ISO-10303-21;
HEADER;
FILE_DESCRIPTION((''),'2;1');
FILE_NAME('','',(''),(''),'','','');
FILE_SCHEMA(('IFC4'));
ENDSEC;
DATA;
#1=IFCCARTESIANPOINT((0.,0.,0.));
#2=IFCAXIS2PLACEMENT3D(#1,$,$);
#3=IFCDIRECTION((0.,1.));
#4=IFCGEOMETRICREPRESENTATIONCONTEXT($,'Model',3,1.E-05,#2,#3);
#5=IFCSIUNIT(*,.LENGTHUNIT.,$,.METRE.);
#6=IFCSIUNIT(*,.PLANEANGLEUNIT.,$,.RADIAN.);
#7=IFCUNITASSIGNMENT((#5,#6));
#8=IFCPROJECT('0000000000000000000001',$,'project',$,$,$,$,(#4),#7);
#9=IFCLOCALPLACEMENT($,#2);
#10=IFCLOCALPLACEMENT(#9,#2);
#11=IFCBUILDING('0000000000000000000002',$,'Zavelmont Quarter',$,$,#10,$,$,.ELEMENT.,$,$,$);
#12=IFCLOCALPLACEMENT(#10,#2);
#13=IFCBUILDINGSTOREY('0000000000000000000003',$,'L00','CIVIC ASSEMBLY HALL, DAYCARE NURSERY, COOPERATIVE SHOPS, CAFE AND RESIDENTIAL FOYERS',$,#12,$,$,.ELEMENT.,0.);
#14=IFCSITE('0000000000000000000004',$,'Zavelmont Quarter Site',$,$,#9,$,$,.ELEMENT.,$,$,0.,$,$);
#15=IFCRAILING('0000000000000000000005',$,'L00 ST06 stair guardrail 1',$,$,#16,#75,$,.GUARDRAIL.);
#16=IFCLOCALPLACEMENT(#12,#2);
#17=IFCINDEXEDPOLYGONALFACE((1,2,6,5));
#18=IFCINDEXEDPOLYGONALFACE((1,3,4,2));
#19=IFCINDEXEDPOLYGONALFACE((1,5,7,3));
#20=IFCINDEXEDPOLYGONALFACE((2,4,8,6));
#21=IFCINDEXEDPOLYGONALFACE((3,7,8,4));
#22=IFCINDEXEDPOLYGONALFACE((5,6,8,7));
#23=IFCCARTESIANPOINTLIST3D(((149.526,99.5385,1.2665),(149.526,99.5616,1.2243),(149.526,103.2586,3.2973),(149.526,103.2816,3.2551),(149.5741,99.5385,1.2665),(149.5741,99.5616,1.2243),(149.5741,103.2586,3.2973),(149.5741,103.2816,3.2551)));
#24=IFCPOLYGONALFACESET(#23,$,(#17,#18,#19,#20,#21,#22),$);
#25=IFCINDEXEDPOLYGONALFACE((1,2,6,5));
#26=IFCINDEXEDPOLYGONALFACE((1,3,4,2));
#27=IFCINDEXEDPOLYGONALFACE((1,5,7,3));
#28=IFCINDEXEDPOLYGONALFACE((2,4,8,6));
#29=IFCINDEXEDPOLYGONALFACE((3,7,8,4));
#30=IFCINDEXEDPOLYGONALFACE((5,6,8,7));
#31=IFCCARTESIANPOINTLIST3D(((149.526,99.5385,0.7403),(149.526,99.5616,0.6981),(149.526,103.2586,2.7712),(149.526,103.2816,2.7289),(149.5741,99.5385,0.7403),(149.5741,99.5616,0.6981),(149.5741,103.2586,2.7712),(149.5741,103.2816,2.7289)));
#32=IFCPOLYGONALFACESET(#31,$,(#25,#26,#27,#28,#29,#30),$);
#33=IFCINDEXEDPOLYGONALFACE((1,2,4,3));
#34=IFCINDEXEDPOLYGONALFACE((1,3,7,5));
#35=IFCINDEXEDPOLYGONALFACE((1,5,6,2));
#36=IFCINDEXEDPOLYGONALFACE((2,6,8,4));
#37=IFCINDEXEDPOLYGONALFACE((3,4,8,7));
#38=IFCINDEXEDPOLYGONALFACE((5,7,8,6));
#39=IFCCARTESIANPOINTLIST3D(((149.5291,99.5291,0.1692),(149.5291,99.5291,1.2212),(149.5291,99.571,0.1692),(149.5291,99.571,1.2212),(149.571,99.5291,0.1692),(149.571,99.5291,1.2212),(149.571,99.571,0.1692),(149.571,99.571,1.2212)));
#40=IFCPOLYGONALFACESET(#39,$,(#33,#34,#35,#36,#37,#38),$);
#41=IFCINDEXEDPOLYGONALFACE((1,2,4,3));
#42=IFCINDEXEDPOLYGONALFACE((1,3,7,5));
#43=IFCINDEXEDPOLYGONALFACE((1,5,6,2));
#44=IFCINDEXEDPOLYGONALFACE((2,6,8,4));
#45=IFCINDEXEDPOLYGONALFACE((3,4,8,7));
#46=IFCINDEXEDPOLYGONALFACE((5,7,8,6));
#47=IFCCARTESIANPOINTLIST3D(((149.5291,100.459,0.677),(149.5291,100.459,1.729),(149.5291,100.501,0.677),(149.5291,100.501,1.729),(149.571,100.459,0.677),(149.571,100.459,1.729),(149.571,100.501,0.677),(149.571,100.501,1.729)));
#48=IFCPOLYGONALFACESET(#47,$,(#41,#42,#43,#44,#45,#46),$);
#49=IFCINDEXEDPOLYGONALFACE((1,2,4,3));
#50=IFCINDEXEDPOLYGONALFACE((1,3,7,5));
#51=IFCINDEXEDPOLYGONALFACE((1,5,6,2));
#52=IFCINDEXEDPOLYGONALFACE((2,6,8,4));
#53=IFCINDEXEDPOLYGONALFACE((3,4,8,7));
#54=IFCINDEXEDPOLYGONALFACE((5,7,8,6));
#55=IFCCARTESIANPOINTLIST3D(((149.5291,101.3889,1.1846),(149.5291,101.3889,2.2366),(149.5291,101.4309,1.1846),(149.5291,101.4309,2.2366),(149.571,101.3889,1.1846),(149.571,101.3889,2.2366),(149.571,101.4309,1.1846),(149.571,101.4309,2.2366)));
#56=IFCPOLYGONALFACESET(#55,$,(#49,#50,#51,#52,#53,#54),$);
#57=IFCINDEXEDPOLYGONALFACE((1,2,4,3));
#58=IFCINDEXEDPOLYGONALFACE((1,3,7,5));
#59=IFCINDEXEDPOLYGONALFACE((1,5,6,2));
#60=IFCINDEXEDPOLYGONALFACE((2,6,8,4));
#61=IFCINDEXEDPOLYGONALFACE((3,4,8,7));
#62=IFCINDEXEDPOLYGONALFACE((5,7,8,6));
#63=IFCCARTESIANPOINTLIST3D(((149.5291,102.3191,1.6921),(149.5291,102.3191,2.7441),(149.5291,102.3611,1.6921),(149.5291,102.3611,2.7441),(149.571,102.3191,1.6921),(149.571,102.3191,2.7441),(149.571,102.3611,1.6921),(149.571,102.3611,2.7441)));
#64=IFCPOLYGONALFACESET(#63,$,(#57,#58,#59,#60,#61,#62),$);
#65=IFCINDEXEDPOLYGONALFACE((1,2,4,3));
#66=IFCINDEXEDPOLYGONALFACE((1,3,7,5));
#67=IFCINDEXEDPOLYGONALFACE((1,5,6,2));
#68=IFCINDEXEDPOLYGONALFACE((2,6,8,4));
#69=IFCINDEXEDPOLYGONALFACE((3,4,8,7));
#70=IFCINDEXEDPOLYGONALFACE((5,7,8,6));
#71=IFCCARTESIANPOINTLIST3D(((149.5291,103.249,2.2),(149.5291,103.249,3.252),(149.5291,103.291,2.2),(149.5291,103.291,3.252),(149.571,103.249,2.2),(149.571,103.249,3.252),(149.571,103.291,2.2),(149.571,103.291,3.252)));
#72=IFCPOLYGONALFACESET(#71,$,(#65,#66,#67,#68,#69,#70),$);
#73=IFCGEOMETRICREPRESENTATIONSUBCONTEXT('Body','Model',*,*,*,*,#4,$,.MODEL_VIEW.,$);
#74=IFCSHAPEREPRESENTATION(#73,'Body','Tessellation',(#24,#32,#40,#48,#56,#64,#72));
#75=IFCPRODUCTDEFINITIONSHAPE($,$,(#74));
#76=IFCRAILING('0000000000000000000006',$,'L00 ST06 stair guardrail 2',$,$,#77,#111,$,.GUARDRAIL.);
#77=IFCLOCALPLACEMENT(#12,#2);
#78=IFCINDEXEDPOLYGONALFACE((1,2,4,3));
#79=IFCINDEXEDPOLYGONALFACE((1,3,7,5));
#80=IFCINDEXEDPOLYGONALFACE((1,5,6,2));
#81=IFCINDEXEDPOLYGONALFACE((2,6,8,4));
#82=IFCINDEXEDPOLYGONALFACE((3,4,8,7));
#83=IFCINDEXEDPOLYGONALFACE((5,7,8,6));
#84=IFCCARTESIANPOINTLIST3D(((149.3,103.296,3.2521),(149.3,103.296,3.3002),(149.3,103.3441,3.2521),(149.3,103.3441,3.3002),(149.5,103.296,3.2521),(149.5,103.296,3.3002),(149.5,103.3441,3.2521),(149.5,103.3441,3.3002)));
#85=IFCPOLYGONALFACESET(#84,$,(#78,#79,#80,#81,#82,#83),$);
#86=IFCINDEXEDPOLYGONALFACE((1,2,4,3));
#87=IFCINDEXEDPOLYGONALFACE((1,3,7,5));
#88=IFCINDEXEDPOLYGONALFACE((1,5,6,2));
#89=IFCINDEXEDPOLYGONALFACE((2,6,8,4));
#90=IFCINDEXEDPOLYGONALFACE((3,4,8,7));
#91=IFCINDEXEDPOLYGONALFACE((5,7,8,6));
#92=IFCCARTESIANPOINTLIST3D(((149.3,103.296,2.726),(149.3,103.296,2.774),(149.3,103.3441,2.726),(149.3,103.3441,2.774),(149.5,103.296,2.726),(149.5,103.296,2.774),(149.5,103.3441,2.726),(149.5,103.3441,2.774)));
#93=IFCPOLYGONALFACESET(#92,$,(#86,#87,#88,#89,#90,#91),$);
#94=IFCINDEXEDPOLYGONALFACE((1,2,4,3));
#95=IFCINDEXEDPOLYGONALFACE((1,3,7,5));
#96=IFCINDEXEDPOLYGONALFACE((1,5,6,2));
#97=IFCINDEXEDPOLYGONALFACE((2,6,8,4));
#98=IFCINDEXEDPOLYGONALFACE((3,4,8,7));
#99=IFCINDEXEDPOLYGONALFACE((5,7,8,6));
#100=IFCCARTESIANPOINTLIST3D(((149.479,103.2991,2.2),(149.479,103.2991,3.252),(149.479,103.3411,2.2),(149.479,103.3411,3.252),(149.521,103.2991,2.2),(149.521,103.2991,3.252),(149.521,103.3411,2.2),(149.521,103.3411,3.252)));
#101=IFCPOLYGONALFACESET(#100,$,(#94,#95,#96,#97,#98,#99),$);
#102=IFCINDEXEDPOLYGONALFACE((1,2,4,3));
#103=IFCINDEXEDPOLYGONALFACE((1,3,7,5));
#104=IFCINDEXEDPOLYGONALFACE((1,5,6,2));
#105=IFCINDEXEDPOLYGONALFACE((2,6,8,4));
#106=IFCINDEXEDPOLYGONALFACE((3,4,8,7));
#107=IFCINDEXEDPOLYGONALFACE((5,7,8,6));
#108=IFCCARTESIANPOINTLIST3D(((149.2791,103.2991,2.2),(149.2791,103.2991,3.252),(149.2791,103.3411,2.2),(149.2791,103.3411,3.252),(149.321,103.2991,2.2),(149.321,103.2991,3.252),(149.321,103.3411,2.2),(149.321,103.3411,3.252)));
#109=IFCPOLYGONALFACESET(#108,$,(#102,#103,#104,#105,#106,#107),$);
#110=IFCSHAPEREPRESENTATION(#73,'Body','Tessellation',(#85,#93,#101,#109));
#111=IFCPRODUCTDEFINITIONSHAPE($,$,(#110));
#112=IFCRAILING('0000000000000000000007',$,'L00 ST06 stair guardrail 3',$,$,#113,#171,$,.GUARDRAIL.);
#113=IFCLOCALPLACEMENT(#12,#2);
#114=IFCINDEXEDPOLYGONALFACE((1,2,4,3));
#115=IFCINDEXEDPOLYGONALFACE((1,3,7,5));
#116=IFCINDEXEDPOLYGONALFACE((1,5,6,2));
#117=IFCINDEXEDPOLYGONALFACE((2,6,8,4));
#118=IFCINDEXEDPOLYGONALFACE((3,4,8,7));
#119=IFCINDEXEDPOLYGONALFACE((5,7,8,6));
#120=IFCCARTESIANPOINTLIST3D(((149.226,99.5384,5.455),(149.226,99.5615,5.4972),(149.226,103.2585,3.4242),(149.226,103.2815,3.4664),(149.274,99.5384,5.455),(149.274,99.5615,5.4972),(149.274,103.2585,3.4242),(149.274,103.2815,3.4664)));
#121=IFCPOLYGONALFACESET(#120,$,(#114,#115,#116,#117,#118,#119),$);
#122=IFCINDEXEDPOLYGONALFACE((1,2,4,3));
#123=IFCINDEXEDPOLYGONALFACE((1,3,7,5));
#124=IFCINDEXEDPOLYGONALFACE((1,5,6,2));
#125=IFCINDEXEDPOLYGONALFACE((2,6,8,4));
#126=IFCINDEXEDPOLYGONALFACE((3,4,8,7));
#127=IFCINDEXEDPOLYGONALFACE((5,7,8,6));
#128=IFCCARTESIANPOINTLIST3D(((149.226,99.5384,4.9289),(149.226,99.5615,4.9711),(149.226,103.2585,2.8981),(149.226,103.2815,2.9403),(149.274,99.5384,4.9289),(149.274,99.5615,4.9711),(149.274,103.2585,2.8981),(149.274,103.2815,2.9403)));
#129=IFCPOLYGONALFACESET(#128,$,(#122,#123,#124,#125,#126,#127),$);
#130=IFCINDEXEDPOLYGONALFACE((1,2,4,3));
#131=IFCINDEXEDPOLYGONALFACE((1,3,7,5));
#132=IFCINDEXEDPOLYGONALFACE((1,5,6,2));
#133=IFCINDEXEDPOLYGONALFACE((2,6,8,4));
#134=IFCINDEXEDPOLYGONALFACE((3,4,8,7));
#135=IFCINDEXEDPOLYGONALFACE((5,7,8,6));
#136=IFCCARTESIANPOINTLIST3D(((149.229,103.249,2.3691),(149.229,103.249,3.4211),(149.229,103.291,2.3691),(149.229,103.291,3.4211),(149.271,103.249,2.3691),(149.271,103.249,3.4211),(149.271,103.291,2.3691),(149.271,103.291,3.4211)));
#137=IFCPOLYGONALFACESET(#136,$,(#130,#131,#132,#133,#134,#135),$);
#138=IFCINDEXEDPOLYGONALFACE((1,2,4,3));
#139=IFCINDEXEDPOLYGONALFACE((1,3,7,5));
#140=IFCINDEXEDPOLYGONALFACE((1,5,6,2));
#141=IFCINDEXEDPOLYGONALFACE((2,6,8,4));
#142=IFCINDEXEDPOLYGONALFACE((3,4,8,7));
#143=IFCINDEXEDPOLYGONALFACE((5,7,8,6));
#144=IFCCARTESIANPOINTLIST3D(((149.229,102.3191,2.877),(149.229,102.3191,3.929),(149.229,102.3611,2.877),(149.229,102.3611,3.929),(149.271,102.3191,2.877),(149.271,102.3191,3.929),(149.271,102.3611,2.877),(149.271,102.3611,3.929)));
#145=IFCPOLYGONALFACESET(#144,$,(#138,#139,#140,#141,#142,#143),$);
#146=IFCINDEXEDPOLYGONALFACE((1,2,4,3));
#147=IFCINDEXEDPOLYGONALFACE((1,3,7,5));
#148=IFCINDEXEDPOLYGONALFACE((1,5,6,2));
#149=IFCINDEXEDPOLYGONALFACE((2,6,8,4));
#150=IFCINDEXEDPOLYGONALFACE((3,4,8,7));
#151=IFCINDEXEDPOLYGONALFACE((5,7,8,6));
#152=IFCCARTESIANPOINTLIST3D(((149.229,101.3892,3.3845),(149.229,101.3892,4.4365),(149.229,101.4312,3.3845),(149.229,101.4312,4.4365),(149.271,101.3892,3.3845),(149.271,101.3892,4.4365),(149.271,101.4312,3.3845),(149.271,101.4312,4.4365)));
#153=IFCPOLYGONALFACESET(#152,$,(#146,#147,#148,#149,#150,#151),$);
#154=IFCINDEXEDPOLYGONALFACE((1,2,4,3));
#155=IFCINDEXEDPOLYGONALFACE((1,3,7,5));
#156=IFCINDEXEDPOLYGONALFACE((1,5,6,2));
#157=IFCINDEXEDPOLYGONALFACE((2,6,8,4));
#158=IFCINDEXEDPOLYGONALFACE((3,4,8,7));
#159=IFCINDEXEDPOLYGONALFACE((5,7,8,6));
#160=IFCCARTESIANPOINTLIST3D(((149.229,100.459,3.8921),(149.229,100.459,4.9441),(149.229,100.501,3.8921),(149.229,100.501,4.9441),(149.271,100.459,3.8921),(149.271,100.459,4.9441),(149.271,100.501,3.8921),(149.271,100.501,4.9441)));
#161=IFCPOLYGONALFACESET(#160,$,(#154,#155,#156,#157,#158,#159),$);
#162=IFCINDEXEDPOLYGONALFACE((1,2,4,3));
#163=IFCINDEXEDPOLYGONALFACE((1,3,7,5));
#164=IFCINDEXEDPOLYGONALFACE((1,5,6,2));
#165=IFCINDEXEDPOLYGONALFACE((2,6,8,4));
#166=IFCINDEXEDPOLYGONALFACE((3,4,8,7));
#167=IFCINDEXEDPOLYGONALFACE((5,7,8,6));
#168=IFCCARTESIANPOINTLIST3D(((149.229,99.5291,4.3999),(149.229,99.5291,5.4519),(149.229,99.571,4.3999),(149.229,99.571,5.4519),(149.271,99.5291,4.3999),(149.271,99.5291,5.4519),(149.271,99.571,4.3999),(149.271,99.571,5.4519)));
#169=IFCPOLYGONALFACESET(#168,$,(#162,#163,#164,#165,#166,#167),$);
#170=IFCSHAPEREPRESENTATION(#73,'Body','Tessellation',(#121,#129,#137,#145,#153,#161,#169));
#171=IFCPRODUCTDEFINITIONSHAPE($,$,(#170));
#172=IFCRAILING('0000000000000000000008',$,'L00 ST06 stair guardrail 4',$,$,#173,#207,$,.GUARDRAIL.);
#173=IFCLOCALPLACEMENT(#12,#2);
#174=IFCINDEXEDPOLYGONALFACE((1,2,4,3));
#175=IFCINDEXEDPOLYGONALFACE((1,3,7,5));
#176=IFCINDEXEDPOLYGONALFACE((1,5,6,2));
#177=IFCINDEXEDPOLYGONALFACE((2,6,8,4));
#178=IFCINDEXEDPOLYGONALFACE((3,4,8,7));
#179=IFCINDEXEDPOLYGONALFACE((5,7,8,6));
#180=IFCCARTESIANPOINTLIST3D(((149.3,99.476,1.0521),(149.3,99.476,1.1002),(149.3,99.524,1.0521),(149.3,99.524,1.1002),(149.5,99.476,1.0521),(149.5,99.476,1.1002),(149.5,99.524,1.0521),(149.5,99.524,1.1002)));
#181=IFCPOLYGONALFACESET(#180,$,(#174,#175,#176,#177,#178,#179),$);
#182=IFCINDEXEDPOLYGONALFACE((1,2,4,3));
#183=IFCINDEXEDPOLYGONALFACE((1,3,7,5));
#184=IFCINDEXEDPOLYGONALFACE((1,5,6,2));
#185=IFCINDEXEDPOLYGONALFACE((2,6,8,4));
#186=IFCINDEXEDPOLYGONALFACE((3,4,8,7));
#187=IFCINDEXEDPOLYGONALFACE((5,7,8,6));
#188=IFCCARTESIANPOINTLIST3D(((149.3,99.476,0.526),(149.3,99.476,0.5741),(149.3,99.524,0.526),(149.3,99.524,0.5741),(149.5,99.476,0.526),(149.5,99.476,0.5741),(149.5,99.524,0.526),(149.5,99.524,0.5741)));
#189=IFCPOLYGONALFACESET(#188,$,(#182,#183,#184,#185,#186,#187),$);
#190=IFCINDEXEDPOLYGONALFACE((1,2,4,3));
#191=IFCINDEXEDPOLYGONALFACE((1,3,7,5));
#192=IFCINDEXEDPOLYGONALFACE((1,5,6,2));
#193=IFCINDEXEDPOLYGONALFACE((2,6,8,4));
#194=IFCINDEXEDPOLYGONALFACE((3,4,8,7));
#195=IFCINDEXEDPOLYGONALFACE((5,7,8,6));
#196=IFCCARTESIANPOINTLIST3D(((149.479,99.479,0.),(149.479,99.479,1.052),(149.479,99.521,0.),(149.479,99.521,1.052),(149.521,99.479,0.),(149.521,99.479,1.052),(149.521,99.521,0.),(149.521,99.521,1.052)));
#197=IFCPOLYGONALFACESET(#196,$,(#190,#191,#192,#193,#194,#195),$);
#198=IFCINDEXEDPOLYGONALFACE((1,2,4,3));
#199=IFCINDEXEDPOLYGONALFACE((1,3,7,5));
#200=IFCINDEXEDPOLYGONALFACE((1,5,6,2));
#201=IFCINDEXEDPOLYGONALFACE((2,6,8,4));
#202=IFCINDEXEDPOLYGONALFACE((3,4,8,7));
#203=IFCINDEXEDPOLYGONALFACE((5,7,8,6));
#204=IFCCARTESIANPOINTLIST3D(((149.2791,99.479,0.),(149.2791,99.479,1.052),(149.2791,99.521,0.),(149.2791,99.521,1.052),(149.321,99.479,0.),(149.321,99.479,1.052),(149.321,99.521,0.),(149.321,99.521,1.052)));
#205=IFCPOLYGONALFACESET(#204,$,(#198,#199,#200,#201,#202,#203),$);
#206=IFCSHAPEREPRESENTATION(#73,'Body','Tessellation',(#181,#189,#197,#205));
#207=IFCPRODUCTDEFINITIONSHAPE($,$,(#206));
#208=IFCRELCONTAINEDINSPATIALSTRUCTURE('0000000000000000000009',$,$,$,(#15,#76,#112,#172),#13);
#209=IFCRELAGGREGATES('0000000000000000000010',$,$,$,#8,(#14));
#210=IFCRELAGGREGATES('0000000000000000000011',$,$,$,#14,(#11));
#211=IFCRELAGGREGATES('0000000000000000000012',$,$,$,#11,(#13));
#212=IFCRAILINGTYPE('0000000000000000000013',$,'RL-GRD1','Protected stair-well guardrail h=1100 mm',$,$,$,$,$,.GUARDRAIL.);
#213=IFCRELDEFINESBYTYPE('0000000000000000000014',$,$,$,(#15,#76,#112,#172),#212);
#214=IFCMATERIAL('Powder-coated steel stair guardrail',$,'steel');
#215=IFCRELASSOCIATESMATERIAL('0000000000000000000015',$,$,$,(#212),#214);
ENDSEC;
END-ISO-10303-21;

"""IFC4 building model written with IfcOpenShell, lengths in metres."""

from ifc_helpers import new_model, si_unit, direction, frame, origin, origin_2d, place, context, subcontext, project, spatial, rectangle, extrude, material, type_object, element, save


model = new_model("IFC4")

# Units and contexts
model_context = context("Model", 3, precision=1e-05, world=origin(), true_north=direction((0.0, 1.0)))
body_context = subcontext(model_context, "Body", "Model", "MODEL_VIEW")
ifc_project = project(units=[si_unit("LENGTHUNIT", "METRE"), si_unit("PLANEANGLEUNIT", "RADIAN")], contexts=[model_context])

# Site, building, storey
site_placement = place(None, origin())
site = spatial("IfcSite", under=ifc_project, at=site_placement, Name="Zavelmont Quarter Site", CompositionType="ELEMENT", RefElevation=0.0)
building_placement = place(site_placement, origin())
building = spatial("IfcBuilding", under=site, at=building_placement, Name="Zavelmont Quarter", CompositionType="ELEMENT")
storey_placement = place(building_placement, origin())
storey = spatial("IfcBuildingStorey", under=building, at=storey_placement, Name="L00", Description="CIVIC ASSEMBLY HALL, DAYCARE NURSERY, COOPERATIVE SHOPS, CAFE AND RESIDENTIAL FOYERS", CompositionType="ELEMENT", Elevation=0.0)

# Railings
ifc_material_1 = material(Name="Powder-coated steel stair guardrail", Category="steel")
railing_type_1 = type_object("IfcRailingType", Name="RL-GRD1", Description="Protected stair-well guardrail h=1100 mm", PredefinedType="GUARDRAIL", material=ifc_material_1)
railing_1_placement = place(storey_placement, frame((149.55, 99.55, 0.1692)))
element("IfcRailing", 1, at=railing_1_placement, inside=storey, type_object=railing_type_1, Name="L00 ST06 stair guardrail 1", PredefinedType="GUARDRAIL", context=body_context, shape_type="SweptSolid", body=[
    extrude(rectangle(XDim=0.0481, YDim=0.0481, at=origin_2d()), frame((0.0, 0.0, 1.0762), z_axis=(0.0, 0.877728, 0.479159), x_axis=(-1.0, 0.0, 0.0)), (0.0, 0.0, 1.0), 4.2383),
    extrude(rectangle(XDim=0.0481, YDim=0.0481, at=origin_2d()), frame((0.0, 0.0, 0.55), z_axis=(0.0, 0.877728, 0.479159), x_axis=(-1.0, 0.0, 0.0)), (0.0, 0.0, 1.0), 4.2383),
    extrude(rectangle(XDim=0.042, YDim=0.042, at=origin_2d()), origin(), (0.0, 0.0, 1.0), 1.052),
    extrude(rectangle(XDim=0.042, YDim=0.042, at=origin_2d()), frame((0.0, 0.9299, 0.5078)), (0.0, 0.0, 1.0), 1.052),
    extrude(rectangle(XDim=0.042, YDim=0.042, at=origin_2d()), frame((0.0, 1.8599, 1.0154)), (0.0, 0.0, 1.0), 1.052),
    extrude(rectangle(XDim=0.042, YDim=0.042, at=origin_2d()), frame((0.0, 2.79, 1.5229)), (0.0, 0.0, 1.0), 1.052),
    extrude(rectangle(XDim=0.042, YDim=0.042, at=origin_2d()), frame((0.0, 3.72, 2.0308)), (0.0, 0.0, 1.0), 1.052),
])
railing_2_placement = place(storey_placement, frame((149.5, 103.3201, 2.2)))
element("IfcRailing", 2, at=railing_2_placement, inside=storey, type_object=railing_type_1, Name="L00 ST06 stair guardrail 2", PredefinedType="GUARDRAIL", context=body_context, shape_type="SweptSolid", body=[
    extrude(rectangle(XDim=0.0481, YDim=0.0481, at=origin_2d()), frame((0.0, 0.0, 1.0762), z_axis=(-1.0, 0.0, 0.0), x_axis=(0.0, -1.0, 0.0)), (0.0, 0.0, 1.0), 0.2),
    extrude(rectangle(XDim=0.0481, YDim=0.0481, at=origin_2d()), frame((0.0, 0.0, 0.55), z_axis=(-1.0, 0.0, 0.0), x_axis=(0.0, -1.0, 0.0)), (0.0, 0.0, 1.0), 0.2),
    extrude(rectangle(XDim=0.042, YDim=0.042, at=origin_2d()), origin(), (0.0, 0.0, 1.0), 1.052),
    extrude(rectangle(XDim=0.042, YDim=0.042, at=origin_2d()), frame((-0.2, 0.0, 0.0)), (0.0, 0.0, 1.0), 1.052),
])
railing_3_placement = place(storey_placement, frame((149.25, 103.27, 2.3691)))
element("IfcRailing", 3, at=railing_3_placement, inside=storey, type_object=railing_type_1, Name="L00 ST06 stair guardrail 3", PredefinedType="GUARDRAIL", context=body_context, shape_type="SweptSolid", body=[
    extrude(rectangle(XDim=0.0481, YDim=0.0481, at=origin_2d()), frame((0.0, 0.0, 1.0762), z_axis=(0.0, -0.877728, 0.479159), x_axis=(1.0, 0.0, 0.0)), (0.0, 0.0, 1.0), 4.2383),
    extrude(rectangle(XDim=0.0481, YDim=0.0481, at=origin_2d()), frame((0.0, 0.0, 0.55), z_axis=(0.0, -0.877728, 0.479159), x_axis=(1.0, 0.0, 0.0)), (0.0, 0.0, 1.0), 4.2383),
    extrude(rectangle(XDim=0.042, YDim=0.042, at=origin_2d()), origin(), (0.0, 0.0, 1.0), 1.052),
    extrude(rectangle(XDim=0.042, YDim=0.042, at=origin_2d()), frame((0.0, -0.9299, 0.5078)), (0.0, 0.0, 1.0), 1.052),
    extrude(rectangle(XDim=0.042, YDim=0.042, at=origin_2d()), frame((0.0, -1.8599, 1.0154)), (0.0, 0.0, 1.0), 1.052),
    extrude(rectangle(XDim=0.042, YDim=0.042, at=origin_2d()), frame((0.0, -2.79, 1.5229)), (0.0, 0.0, 1.0), 1.052),
    extrude(rectangle(XDim=0.042, YDim=0.042, at=origin_2d()), frame((0.0, -3.72, 2.0308)), (0.0, 0.0, 1.0), 1.052),
])
railing_4_placement = place(storey_placement, frame((149.5, 99.5, 0.0)))
element("IfcRailing", 4, at=railing_4_placement, inside=storey, type_object=railing_type_1, Name="L00 ST06 stair guardrail 4", PredefinedType="GUARDRAIL", context=body_context, shape_type="SweptSolid", body=[
    extrude(rectangle(XDim=0.0481, YDim=0.0481, at=origin_2d()), frame((0.0, 0.0, 1.0762), z_axis=(-1.0, 0.0, 0.0), x_axis=(0.0, -1.0, 0.0)), (0.0, 0.0, 1.0), 0.2),
    extrude(rectangle(XDim=0.0481, YDim=0.0481, at=origin_2d()), frame((0.0, 0.0, 0.55), z_axis=(-1.0, 0.0, 0.0), x_axis=(0.0, -1.0, 0.0)), (0.0, 0.0, 1.0), 0.2),
    extrude(rectangle(XDim=0.042, YDim=0.042, at=origin_2d()), origin(), (0.0, 0.0, 1.0), 1.052),
    extrude(rectangle(XDim=0.042, YDim=0.042, at=origin_2d()), frame((-0.2, 0.0, 0.0)), (0.0, 0.0, 1.0), 1.052),
])

save(model, "model.ifc")
